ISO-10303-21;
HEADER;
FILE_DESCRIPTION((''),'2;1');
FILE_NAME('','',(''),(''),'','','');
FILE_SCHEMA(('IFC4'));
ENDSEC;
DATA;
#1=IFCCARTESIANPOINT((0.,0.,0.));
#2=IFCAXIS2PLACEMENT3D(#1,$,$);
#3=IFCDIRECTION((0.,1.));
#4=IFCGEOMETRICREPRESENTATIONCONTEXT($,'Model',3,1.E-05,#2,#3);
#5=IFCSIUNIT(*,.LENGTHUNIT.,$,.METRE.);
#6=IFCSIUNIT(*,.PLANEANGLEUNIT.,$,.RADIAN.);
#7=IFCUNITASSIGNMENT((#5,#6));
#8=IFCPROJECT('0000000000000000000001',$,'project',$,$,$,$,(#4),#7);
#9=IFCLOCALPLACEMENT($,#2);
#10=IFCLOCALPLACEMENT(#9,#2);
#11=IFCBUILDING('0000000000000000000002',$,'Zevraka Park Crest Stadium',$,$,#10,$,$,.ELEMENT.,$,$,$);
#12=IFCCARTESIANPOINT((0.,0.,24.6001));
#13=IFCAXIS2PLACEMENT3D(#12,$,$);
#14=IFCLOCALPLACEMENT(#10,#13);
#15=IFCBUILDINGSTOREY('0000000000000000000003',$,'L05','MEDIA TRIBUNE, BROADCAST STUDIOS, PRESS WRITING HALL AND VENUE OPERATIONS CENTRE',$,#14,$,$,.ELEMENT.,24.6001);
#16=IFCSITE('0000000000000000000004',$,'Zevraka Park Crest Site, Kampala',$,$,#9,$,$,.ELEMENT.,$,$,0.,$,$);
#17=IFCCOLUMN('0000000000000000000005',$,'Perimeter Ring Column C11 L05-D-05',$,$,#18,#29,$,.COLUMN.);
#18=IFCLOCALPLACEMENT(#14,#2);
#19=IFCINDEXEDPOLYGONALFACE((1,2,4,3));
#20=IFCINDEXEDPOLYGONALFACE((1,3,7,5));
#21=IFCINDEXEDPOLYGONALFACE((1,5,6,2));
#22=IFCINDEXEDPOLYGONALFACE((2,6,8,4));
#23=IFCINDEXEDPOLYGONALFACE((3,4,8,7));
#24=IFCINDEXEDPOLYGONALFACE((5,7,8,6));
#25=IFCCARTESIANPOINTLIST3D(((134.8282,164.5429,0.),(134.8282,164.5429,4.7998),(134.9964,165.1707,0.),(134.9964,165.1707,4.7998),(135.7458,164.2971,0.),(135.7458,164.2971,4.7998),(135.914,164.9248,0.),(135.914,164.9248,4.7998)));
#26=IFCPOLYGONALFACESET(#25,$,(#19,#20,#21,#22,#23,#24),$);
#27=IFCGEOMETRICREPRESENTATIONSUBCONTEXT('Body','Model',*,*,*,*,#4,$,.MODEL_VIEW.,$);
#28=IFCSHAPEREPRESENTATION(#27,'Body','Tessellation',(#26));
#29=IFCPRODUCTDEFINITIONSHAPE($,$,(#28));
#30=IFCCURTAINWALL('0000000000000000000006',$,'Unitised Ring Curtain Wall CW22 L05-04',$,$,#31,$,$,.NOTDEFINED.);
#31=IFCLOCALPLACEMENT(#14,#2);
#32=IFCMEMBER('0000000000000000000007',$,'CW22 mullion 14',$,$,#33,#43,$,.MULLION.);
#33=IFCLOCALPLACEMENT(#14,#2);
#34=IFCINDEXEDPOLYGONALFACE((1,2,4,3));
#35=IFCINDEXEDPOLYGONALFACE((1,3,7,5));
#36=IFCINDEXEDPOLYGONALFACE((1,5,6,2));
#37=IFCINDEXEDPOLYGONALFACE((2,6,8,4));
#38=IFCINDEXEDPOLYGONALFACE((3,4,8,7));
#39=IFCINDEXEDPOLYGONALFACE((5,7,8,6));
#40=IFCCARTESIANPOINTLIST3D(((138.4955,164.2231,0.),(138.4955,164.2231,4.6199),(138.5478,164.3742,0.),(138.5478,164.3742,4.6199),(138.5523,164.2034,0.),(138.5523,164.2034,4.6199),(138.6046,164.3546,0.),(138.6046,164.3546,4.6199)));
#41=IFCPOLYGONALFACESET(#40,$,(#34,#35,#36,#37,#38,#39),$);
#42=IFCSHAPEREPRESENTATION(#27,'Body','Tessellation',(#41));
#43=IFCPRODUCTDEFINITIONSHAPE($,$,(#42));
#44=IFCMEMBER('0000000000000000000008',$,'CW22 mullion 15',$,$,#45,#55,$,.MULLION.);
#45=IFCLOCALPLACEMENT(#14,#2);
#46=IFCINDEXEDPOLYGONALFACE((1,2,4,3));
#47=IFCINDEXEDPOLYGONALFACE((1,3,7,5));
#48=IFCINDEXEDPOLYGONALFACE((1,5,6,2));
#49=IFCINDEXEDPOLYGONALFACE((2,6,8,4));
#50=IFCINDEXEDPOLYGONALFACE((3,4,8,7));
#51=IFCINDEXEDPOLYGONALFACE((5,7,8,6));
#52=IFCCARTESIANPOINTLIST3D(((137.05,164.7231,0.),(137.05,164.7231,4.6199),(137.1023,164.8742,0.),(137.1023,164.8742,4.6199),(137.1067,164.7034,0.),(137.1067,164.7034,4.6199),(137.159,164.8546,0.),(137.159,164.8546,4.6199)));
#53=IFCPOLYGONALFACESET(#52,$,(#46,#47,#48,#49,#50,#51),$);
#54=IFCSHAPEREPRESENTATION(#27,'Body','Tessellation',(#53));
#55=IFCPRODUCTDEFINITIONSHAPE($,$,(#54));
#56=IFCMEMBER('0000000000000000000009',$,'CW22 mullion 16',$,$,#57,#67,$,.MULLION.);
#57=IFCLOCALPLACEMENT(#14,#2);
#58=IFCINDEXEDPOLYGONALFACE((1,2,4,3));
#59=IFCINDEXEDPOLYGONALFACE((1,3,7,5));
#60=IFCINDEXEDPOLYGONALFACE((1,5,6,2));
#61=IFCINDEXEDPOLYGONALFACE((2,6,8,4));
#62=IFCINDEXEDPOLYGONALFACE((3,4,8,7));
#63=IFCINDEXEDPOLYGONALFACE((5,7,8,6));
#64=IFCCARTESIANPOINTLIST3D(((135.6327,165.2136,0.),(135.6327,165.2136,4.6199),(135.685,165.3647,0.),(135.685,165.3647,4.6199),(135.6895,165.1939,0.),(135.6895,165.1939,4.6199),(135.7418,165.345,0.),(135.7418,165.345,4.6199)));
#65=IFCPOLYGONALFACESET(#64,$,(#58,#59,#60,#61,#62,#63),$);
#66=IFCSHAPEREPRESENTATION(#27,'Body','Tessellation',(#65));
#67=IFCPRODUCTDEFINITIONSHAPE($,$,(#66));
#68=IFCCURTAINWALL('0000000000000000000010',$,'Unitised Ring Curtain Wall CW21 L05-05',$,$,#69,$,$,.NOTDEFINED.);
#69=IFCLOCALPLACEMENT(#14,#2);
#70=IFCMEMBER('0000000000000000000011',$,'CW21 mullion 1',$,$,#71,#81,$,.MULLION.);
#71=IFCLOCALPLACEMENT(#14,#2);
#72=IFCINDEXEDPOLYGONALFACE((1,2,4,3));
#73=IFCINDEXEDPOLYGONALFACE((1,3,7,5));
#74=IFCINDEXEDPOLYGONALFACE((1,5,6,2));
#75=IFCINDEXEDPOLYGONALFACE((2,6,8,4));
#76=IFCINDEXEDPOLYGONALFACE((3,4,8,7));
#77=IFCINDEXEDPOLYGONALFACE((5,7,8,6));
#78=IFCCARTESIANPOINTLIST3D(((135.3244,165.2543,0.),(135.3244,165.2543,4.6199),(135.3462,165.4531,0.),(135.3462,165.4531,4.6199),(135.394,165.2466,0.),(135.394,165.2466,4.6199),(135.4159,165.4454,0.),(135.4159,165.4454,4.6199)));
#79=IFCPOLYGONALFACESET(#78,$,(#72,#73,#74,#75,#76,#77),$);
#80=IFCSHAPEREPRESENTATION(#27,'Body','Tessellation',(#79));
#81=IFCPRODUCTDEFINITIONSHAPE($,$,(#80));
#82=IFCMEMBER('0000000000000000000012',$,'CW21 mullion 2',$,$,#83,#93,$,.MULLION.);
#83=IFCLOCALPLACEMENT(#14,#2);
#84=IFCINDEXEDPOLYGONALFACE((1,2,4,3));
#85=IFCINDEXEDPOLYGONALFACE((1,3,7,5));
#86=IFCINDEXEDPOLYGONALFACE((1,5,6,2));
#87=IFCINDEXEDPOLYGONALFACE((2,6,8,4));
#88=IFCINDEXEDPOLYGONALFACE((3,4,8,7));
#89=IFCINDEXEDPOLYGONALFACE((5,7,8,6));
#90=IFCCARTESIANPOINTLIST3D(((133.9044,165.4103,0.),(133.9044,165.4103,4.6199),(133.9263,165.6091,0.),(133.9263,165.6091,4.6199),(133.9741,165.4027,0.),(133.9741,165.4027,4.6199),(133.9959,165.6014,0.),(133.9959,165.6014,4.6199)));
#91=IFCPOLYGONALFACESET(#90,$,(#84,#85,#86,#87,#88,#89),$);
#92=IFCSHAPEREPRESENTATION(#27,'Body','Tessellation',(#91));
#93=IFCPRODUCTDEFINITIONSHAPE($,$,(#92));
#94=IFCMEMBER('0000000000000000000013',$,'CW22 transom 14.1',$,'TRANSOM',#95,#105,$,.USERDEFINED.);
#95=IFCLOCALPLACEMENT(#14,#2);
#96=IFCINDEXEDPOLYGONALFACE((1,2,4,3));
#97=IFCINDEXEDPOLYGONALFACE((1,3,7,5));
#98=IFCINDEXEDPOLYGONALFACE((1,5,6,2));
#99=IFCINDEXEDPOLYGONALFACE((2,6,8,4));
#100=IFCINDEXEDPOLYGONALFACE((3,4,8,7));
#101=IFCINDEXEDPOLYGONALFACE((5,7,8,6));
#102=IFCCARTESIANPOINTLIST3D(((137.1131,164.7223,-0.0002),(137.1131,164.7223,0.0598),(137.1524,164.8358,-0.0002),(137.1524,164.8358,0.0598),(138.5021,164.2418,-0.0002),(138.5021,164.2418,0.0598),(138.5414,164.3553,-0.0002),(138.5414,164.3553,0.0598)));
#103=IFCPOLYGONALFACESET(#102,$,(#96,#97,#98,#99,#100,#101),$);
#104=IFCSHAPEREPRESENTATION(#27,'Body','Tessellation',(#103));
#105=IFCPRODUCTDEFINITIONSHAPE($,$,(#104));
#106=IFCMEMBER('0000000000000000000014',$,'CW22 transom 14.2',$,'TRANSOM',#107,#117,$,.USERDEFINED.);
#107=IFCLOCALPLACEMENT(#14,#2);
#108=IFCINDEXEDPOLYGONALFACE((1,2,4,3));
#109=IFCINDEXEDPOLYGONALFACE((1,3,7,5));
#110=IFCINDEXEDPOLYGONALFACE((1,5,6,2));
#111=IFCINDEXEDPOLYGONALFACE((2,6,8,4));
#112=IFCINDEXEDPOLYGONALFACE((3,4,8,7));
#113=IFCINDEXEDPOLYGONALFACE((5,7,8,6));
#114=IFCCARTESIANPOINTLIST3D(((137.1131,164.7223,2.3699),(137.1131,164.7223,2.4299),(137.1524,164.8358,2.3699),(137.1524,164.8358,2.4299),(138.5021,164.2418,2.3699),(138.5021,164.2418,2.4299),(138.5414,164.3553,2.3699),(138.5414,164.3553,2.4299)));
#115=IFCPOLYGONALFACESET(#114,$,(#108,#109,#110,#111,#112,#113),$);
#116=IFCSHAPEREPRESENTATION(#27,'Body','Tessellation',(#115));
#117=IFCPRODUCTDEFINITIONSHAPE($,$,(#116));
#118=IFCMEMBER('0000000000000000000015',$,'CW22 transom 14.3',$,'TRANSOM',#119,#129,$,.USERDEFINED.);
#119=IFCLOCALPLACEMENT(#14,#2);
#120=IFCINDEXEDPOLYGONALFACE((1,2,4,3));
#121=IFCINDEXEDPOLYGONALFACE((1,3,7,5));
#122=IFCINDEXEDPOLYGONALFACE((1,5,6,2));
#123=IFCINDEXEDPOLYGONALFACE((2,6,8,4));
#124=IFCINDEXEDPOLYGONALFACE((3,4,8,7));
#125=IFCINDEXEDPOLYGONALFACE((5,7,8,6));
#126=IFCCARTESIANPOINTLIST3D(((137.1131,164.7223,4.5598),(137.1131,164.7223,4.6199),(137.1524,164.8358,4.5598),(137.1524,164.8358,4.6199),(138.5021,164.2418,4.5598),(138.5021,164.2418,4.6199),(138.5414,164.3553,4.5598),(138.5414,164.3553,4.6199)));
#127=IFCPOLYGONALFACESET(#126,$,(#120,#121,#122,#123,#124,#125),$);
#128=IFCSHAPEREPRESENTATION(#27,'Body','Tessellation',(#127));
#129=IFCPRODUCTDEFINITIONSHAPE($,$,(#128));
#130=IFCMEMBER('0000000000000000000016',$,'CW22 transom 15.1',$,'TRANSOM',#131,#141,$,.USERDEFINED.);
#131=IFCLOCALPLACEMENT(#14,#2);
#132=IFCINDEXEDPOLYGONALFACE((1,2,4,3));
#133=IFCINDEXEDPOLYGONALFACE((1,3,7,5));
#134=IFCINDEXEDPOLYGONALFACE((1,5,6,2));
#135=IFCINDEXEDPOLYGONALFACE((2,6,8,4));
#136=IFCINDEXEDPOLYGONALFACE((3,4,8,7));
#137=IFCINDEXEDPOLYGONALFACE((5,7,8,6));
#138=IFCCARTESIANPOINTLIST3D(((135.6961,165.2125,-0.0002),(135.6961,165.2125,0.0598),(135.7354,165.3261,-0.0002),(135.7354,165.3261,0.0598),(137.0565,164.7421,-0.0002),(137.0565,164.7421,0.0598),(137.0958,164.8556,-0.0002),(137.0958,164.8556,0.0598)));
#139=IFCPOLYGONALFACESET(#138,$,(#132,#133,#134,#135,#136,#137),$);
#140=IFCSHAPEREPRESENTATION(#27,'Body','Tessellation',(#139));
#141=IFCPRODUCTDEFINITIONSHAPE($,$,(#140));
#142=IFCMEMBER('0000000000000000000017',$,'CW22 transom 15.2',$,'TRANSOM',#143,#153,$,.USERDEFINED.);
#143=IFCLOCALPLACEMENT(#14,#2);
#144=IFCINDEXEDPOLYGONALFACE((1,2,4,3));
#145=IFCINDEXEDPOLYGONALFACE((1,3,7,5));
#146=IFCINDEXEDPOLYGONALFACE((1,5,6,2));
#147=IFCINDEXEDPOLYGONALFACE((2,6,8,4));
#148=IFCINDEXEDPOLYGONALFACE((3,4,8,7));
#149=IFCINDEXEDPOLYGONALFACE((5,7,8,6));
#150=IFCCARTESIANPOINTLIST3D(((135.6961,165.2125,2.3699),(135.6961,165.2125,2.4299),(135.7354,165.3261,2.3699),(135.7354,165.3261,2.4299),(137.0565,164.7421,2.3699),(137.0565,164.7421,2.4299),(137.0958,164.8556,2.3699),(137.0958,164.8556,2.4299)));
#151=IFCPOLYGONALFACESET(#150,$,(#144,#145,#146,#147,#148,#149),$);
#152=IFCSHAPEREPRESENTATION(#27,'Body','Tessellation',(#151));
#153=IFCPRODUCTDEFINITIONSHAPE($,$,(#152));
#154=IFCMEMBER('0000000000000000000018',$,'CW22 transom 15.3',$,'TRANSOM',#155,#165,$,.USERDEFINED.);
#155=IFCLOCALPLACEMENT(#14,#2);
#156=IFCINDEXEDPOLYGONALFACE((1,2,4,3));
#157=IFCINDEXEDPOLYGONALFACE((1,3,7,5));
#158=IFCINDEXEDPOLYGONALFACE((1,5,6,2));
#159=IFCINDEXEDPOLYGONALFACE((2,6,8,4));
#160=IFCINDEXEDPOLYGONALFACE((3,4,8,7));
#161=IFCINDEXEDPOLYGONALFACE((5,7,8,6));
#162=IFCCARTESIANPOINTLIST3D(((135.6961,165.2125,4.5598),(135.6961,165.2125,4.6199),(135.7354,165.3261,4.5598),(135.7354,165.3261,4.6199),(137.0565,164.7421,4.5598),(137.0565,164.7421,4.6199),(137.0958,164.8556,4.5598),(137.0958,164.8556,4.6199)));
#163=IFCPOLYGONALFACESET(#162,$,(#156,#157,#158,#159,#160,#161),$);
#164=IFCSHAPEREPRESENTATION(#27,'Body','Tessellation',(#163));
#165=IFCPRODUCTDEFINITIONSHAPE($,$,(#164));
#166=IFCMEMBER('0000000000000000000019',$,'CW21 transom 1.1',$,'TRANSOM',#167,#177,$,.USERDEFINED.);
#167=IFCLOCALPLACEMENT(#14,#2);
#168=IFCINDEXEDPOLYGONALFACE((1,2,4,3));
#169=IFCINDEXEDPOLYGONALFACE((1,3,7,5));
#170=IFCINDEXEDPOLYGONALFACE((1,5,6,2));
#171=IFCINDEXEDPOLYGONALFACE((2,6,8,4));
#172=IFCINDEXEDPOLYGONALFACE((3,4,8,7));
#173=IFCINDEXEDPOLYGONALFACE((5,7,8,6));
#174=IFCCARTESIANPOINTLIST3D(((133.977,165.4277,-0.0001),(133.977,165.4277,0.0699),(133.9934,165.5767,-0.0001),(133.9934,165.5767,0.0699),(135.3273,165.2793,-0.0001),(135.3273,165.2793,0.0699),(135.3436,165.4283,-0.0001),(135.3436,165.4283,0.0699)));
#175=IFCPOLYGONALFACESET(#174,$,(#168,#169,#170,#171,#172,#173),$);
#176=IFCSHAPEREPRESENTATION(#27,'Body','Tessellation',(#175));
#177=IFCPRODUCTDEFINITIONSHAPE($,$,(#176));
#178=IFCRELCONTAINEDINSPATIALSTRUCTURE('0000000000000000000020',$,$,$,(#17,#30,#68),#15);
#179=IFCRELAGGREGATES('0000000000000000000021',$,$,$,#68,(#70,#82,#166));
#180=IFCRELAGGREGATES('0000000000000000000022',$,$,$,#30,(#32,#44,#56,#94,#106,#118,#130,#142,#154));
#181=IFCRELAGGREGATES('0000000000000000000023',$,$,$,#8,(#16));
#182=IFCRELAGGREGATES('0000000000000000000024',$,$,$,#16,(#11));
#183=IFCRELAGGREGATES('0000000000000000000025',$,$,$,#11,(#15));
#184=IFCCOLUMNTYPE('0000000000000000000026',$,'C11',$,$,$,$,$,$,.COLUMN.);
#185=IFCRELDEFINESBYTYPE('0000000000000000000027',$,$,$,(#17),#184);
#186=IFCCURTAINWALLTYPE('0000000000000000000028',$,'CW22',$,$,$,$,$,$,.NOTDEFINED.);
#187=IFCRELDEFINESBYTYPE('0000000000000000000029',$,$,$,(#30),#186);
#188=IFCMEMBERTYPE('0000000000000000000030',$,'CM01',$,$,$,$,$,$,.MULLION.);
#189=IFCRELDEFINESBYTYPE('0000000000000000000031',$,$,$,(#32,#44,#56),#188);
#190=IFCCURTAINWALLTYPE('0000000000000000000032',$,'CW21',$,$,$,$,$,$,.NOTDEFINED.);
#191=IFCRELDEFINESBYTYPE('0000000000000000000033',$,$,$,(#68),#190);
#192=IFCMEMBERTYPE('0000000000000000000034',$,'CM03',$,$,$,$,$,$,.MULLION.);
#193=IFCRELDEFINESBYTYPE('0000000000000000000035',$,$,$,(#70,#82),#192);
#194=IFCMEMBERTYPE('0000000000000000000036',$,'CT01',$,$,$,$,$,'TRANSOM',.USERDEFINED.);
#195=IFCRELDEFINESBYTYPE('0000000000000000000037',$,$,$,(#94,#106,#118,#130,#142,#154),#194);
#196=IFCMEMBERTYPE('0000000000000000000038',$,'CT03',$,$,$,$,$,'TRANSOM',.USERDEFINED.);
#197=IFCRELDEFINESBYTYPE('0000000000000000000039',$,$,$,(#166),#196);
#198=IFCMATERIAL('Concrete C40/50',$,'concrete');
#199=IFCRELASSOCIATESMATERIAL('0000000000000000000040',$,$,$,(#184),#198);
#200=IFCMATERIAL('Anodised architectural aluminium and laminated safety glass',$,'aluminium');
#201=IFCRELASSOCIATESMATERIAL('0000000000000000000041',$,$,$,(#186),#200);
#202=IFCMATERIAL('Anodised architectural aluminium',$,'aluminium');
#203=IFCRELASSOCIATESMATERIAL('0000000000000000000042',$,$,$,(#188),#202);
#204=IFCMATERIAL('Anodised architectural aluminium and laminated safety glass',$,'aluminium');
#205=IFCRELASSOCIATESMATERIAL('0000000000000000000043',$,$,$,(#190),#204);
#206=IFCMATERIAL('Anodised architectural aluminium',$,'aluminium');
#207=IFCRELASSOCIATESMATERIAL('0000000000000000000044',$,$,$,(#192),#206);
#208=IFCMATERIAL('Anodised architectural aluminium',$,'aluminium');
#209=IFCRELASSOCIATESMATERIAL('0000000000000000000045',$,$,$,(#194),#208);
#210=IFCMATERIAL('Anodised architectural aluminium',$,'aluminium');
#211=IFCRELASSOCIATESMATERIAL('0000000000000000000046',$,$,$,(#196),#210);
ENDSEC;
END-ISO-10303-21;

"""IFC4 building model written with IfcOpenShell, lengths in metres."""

from ifc_helpers import new_model, si_unit, direction, frame, origin, origin_2d, place, context, subcontext, project, spatial, rectangle, extrude, material, material_profile, profile_set, type_object, element, aggregate, save


model = new_model("IFC4")

# Units and contexts
model_context = context("Model", 3, precision=1e-05, world=origin(), true_north=direction((0.0, 1.0)))
body_context = subcontext(model_context, "Body", "Model", "MODEL_VIEW")
ifc_project = project(units=[si_unit("LENGTHUNIT", "METRE"), si_unit("PLANEANGLEUNIT", "RADIAN")], contexts=[model_context])

# Site, building, storey
site_placement = place(None, origin())
site = spatial("IfcSite", under=ifc_project, at=site_placement, Name="Zevraka Park Crest Site, Kampala", CompositionType="ELEMENT", RefElevation=0.0)
building_placement = place(site_placement, origin())
building = spatial("IfcBuilding", under=site, at=building_placement, Name="Zevraka Park Crest Stadium", CompositionType="ELEMENT")
storey_placement = place(building_placement, frame((0.0, 0.0, 24.6001)))
storey = spatial("IfcBuildingStorey", under=building, at=storey_placement, Name="L05", Description="MEDIA TRIBUNE, BROADCAST STUDIOS, PRESS WRITING HALL AND VENUE OPERATIONS CENTRE", CompositionType="ELEMENT", Elevation=24.6001)

# Column
ifc_material_1 = material(Name="Concrete C40/50", Category="concrete")
ifc_material_profile_1 = material_profile(ifc_material_1, rectangle(XDim=0.6499, YDim=0.95, at=origin_2d()), Name="RC 950x650")
ifc_profile_set_1 = profile_set([ifc_material_profile_1], Name="Concrete C40/50")
column_type = type_object("IfcColumnType", Name="C11", PredefinedType="COLUMN", material=ifc_profile_set_1)
column_placement = place(storey_placement, frame((135.3711, 164.7339, 0.0), z_axis=(0.0, 0.0, 1.0), x_axis=(0.258819, 0.965926, 0.0)))
element("IfcColumn", 1, at=column_placement, inside=storey, type_object=column_type, Name="Perimeter Ring Column C11 L05-D-05", PredefinedType="COLUMN", context=body_context, shape_type="SweptSolid", body=[
    extrude(rectangle(XDim=0.6499, YDim=0.95, at=origin_2d()), origin(), (0.0, 0.0, 1.0), 4.7998),
])

# Curtain walls, members
ifc_material_2 = material(Name="Anodised architectural aluminium and laminated safety glass", Category="aluminium")
curtain_wall_type_1 = type_object("IfcCurtainWallType", Name="CW22", PredefinedType="NOTDEFINED", material=ifc_material_2)
curtain_wall_1_placement = place(storey_placement, origin())
curtain_wall_1 = element("IfcCurtainWall", 2, at=curtain_wall_1_placement, inside=storey, type_object=curtain_wall_type_1, Name="Unitised Ring Curtain Wall CW22 L05-04", PredefinedType="NOTDEFINED")
ifc_material_3 = material(Name="Anodised architectural aluminium", Category="aluminium")
ifc_material_profile_2 = material_profile(ifc_material_3, rectangle(XDim=0.1599, YDim=0.0601, at=origin_2d()), Name="ALU MULLION 160x60")
ifc_profile_set_2 = profile_set([ifc_material_profile_2], Name="Anodised architectural aluminium")
member_type_1 = type_object("IfcMemberType", Name="CM01", PredefinedType="MULLION", material=ifc_profile_set_2)
member_1_placement = place(storey_placement, frame((138.55, 164.2888, 0.0), z_axis=(0.0, 0.0, 1.0), x_axis=(-0.326929, -0.945049, 0.0)))
member_1 = element("IfcMember", 3, at=member_1_placement, type_object=member_type_1, Name="CW22 mullion 14", PredefinedType="MULLION", context=body_context, shape_type="SweptSolid", body=[
    extrude(rectangle(XDim=0.1599, YDim=0.0601, at=origin_2d()), origin(), (0.0, 0.0, 1.0), 4.6199),
])
member_2_placement = place(storey_placement, frame((137.1045, 164.7888, 0.0), z_axis=(0.0, 0.0, 1.0), x_axis=(-0.326929, -0.945049, 0.0)))
member_2 = element("IfcMember", 4, at=member_2_placement, type_object=member_type_1, Name="CW22 mullion 15", PredefinedType="MULLION", context=body_context, shape_type="SweptSolid", body=[
    extrude(rectangle(XDim=0.1599, YDim=0.0601, at=origin_2d()), origin(), (0.0, 0.0, 1.0), 4.6199),
])
member_3_placement = place(storey_placement, frame((135.6873, 165.2793, 0.0), z_axis=(0.0, 0.0, 1.0), x_axis=(-0.326929, -0.945049, 0.0)))
member_3 = element("IfcMember", 5, at=member_3_placement, type_object=member_type_1, Name="CW22 mullion 16", PredefinedType="MULLION", context=body_context, shape_type="SweptSolid", body=[
    extrude(rectangle(XDim=0.1599, YDim=0.0601, at=origin_2d()), origin(), (0.0, 0.0, 1.0), 4.6199),
])
ifc_material_4 = material(Name="Anodised architectural aluminium and laminated safety glass", Category="aluminium")
curtain_wall_type_2 = type_object("IfcCurtainWallType", Name="CW21", PredefinedType="NOTDEFINED", material=ifc_material_4)
curtain_wall_2_placement = place(storey_placement, origin())
curtain_wall_2 = element("IfcCurtainWall", 6, at=curtain_wall_2_placement, inside=storey, type_object=curtain_wall_type_2, Name="Unitised Ring Curtain Wall CW21 L05-05", PredefinedType="NOTDEFINED")
ifc_material_5 = material(Name="Anodised architectural aluminium", Category="aluminium")
ifc_material_profile_3 = material_profile(ifc_material_5, rectangle(XDim=0.2, YDim=0.0701, at=origin_2d()), Name="ALU MULLION 200x70")
ifc_profile_set_3 = profile_set([ifc_material_profile_3], Name="Anodised architectural aluminium")
member_type_2 = type_object("IfcMemberType", Name="CM03", PredefinedType="MULLION", material=ifc_profile_set_3)
member_4_placement = place(storey_placement, frame((135.3701, 165.3499, 0.0), z_axis=(0.0, 0.0, 1.0), x_axis=(-0.109288, -0.99401, 0.0)))
member_4 = element("IfcMember", 7, at=member_4_placement, type_object=member_type_2, Name="CW21 mullion 1", PredefinedType="MULLION", context=body_context, shape_type="SweptSolid", body=[
    extrude(rectangle(XDim=0.2, YDim=0.0701, at=origin_2d()), origin(), (0.0, 0.0, 1.0), 4.6199),
])
member_5_placement = place(storey_placement, frame((133.9502, 165.5059, 0.0), z_axis=(0.0, 0.0, 1.0), x_axis=(-0.109288, -0.99401, 0.0)))
member_5 = element("IfcMember", 8, at=member_5_placement, type_object=member_type_2, Name="CW21 mullion 2", PredefinedType="MULLION", context=body_context, shape_type="SweptSolid", body=[
    extrude(rectangle(XDim=0.2, YDim=0.0701, at=origin_2d()), origin(), (0.0, 0.0, 1.0), 4.6199),
])

# Members
ifc_material_6 = material(Name="Anodised architectural aluminium", Category="aluminium")
ifc_material_profile_4 = material_profile(ifc_material_6, rectangle(XDim=0.1201, YDim=0.0601, at=origin_2d()), Name="ALU TRANSOM 120x60")
ifc_profile_set_4 = profile_set([ifc_material_profile_4], Name="Anodised architectural aluminium")
member_type_3 = type_object("IfcMemberType", Name="CT01", ElementType="TRANSOM", PredefinedType="USERDEFINED", material=ifc_profile_set_4)
member_6_placement = place(storey_placement, frame((138.5217, 164.2986, 0.0298), z_axis=(-0.945051, 0.326922, 0.0), x_axis=(-0.326922, -0.945051, 0.0)))
member_6 = element("IfcMember", 9, at=member_6_placement, type_object=member_type_3, Name="CW22 transom 14.1", ObjectType="TRANSOM", PredefinedType="USERDEFINED", context=body_context, shape_type="SweptSolid", body=[
    extrude(rectangle(XDim=0.1201, YDim=0.0601, at=origin_2d()), origin(), (0.0, 0.0, 1.0), 1.4697),
])
member_7_placement = place(storey_placement, frame((138.5217, 164.2986, 2.3999), z_axis=(-0.945051, 0.326922, 0.0), x_axis=(-0.326922, -0.945051, 0.0)))
member_7 = element("IfcMember", 10, at=member_7_placement, type_object=member_type_3, Name="CW22 transom 14.2", ObjectType="TRANSOM", PredefinedType="USERDEFINED", context=body_context, shape_type="SweptSolid", body=[
    extrude(rectangle(XDim=0.1201, YDim=0.0601, at=origin_2d()), origin(), (0.0, 0.0, 1.0), 1.4697),
])
member_8_placement = place(storey_placement, frame((138.5217, 164.2986, 4.5898), z_axis=(-0.945051, 0.326922, 0.0), x_axis=(-0.326922, -0.945051, 0.0)))
member_8 = element("IfcMember", 11, at=member_8_placement, type_object=member_type_3, Name="CW22 transom 14.3", ObjectType="TRANSOM", PredefinedType="USERDEFINED", context=body_context, shape_type="SweptSolid", body=[
    extrude(rectangle(XDim=0.1201, YDim=0.0601, at=origin_2d()), origin(), (0.0, 0.0, 1.0), 1.4697),
])
member_9_placement = place(storey_placement, frame((137.0762, 164.7988, 0.0298), z_axis=(-0.945079, 0.326843, 0.0), x_axis=(-0.326843, -0.945079, 0.0)))
member_9 = element("IfcMember", 12, at=member_9_placement, type_object=member_type_3, Name="CW22 transom 15.1", ObjectType="TRANSOM", PredefinedType="USERDEFINED", context=body_context, shape_type="SweptSolid", body=[
    extrude(rectangle(XDim=0.1201, YDim=0.0601, at=origin_2d()), origin(), (0.0, 0.0, 1.0), 1.4395),
])
member_10_placement = place(storey_placement, frame((137.0762, 164.7988, 2.3999), z_axis=(-0.945079, 0.326843, 0.0), x_axis=(-0.326843, -0.945079, 0.0)))
member_10 = element("IfcMember", 13, at=member_10_placement, type_object=member_type_3, Name="CW22 transom 15.2", ObjectType="TRANSOM", PredefinedType="USERDEFINED", context=body_context, shape_type="SweptSolid", body=[
    extrude(rectangle(XDim=0.1201, YDim=0.0601, at=origin_2d()), origin(), (0.0, 0.0, 1.0), 1.4395),
])
member_11_placement = place(storey_placement, frame((137.0762, 164.7988, 4.5898), z_axis=(-0.945079, 0.326843, 0.0), x_axis=(-0.326843, -0.945079, 0.0)))
member_11 = element("IfcMember", 14, at=member_11_placement, type_object=member_type_3, Name="CW22 transom 15.3", ObjectType="TRANSOM", PredefinedType="USERDEFINED", context=body_context, shape_type="SweptSolid", body=[
    extrude(rectangle(XDim=0.1201, YDim=0.0601, at=origin_2d()), origin(), (0.0, 0.0, 1.0), 1.4395),
])
ifc_material_7 = material(Name="Anodised architectural aluminium", Category="aluminium")
ifc_material_profile_5 = material_profile(ifc_material_7, rectangle(XDim=0.1499, YDim=0.0701, at=origin_2d()), Name="ALU TRANSOM 150x70")
ifc_profile_set_5 = profile_set([ifc_material_profile_5], Name="Anodised architectural aluminium")
member_type_4 = type_object("IfcMemberType", Name="CT03", ElementType="TRANSOM", PredefinedType="USERDEFINED", material=ifc_profile_set_5)
member_12_placement = place(storey_placement, frame((135.3354, 165.3538, 0.0349), z_axis=(-0.994012, 0.109268, 0.0), x_axis=(-0.109268, -0.994012, 0.0)))
member_12 = element("IfcMember", 15, at=member_12_placement, type_object=member_type_4, Name="CW21 transom 1.1", ObjectType="TRANSOM", PredefinedType="USERDEFINED", context=body_context, shape_type="SweptSolid", body=[
    extrude(rectangle(XDim=0.1499, YDim=0.0701, at=origin_2d()), origin(), (0.0, 0.0, 1.0), 1.3584),
])

aggregate(curtain_wall_2, [member_4, member_5, member_12])
aggregate(curtain_wall_1, [member_1, member_2, member_3, member_6, member_7, member_8, member_9, member_10, member_11])

save(model, "model.ifc")
